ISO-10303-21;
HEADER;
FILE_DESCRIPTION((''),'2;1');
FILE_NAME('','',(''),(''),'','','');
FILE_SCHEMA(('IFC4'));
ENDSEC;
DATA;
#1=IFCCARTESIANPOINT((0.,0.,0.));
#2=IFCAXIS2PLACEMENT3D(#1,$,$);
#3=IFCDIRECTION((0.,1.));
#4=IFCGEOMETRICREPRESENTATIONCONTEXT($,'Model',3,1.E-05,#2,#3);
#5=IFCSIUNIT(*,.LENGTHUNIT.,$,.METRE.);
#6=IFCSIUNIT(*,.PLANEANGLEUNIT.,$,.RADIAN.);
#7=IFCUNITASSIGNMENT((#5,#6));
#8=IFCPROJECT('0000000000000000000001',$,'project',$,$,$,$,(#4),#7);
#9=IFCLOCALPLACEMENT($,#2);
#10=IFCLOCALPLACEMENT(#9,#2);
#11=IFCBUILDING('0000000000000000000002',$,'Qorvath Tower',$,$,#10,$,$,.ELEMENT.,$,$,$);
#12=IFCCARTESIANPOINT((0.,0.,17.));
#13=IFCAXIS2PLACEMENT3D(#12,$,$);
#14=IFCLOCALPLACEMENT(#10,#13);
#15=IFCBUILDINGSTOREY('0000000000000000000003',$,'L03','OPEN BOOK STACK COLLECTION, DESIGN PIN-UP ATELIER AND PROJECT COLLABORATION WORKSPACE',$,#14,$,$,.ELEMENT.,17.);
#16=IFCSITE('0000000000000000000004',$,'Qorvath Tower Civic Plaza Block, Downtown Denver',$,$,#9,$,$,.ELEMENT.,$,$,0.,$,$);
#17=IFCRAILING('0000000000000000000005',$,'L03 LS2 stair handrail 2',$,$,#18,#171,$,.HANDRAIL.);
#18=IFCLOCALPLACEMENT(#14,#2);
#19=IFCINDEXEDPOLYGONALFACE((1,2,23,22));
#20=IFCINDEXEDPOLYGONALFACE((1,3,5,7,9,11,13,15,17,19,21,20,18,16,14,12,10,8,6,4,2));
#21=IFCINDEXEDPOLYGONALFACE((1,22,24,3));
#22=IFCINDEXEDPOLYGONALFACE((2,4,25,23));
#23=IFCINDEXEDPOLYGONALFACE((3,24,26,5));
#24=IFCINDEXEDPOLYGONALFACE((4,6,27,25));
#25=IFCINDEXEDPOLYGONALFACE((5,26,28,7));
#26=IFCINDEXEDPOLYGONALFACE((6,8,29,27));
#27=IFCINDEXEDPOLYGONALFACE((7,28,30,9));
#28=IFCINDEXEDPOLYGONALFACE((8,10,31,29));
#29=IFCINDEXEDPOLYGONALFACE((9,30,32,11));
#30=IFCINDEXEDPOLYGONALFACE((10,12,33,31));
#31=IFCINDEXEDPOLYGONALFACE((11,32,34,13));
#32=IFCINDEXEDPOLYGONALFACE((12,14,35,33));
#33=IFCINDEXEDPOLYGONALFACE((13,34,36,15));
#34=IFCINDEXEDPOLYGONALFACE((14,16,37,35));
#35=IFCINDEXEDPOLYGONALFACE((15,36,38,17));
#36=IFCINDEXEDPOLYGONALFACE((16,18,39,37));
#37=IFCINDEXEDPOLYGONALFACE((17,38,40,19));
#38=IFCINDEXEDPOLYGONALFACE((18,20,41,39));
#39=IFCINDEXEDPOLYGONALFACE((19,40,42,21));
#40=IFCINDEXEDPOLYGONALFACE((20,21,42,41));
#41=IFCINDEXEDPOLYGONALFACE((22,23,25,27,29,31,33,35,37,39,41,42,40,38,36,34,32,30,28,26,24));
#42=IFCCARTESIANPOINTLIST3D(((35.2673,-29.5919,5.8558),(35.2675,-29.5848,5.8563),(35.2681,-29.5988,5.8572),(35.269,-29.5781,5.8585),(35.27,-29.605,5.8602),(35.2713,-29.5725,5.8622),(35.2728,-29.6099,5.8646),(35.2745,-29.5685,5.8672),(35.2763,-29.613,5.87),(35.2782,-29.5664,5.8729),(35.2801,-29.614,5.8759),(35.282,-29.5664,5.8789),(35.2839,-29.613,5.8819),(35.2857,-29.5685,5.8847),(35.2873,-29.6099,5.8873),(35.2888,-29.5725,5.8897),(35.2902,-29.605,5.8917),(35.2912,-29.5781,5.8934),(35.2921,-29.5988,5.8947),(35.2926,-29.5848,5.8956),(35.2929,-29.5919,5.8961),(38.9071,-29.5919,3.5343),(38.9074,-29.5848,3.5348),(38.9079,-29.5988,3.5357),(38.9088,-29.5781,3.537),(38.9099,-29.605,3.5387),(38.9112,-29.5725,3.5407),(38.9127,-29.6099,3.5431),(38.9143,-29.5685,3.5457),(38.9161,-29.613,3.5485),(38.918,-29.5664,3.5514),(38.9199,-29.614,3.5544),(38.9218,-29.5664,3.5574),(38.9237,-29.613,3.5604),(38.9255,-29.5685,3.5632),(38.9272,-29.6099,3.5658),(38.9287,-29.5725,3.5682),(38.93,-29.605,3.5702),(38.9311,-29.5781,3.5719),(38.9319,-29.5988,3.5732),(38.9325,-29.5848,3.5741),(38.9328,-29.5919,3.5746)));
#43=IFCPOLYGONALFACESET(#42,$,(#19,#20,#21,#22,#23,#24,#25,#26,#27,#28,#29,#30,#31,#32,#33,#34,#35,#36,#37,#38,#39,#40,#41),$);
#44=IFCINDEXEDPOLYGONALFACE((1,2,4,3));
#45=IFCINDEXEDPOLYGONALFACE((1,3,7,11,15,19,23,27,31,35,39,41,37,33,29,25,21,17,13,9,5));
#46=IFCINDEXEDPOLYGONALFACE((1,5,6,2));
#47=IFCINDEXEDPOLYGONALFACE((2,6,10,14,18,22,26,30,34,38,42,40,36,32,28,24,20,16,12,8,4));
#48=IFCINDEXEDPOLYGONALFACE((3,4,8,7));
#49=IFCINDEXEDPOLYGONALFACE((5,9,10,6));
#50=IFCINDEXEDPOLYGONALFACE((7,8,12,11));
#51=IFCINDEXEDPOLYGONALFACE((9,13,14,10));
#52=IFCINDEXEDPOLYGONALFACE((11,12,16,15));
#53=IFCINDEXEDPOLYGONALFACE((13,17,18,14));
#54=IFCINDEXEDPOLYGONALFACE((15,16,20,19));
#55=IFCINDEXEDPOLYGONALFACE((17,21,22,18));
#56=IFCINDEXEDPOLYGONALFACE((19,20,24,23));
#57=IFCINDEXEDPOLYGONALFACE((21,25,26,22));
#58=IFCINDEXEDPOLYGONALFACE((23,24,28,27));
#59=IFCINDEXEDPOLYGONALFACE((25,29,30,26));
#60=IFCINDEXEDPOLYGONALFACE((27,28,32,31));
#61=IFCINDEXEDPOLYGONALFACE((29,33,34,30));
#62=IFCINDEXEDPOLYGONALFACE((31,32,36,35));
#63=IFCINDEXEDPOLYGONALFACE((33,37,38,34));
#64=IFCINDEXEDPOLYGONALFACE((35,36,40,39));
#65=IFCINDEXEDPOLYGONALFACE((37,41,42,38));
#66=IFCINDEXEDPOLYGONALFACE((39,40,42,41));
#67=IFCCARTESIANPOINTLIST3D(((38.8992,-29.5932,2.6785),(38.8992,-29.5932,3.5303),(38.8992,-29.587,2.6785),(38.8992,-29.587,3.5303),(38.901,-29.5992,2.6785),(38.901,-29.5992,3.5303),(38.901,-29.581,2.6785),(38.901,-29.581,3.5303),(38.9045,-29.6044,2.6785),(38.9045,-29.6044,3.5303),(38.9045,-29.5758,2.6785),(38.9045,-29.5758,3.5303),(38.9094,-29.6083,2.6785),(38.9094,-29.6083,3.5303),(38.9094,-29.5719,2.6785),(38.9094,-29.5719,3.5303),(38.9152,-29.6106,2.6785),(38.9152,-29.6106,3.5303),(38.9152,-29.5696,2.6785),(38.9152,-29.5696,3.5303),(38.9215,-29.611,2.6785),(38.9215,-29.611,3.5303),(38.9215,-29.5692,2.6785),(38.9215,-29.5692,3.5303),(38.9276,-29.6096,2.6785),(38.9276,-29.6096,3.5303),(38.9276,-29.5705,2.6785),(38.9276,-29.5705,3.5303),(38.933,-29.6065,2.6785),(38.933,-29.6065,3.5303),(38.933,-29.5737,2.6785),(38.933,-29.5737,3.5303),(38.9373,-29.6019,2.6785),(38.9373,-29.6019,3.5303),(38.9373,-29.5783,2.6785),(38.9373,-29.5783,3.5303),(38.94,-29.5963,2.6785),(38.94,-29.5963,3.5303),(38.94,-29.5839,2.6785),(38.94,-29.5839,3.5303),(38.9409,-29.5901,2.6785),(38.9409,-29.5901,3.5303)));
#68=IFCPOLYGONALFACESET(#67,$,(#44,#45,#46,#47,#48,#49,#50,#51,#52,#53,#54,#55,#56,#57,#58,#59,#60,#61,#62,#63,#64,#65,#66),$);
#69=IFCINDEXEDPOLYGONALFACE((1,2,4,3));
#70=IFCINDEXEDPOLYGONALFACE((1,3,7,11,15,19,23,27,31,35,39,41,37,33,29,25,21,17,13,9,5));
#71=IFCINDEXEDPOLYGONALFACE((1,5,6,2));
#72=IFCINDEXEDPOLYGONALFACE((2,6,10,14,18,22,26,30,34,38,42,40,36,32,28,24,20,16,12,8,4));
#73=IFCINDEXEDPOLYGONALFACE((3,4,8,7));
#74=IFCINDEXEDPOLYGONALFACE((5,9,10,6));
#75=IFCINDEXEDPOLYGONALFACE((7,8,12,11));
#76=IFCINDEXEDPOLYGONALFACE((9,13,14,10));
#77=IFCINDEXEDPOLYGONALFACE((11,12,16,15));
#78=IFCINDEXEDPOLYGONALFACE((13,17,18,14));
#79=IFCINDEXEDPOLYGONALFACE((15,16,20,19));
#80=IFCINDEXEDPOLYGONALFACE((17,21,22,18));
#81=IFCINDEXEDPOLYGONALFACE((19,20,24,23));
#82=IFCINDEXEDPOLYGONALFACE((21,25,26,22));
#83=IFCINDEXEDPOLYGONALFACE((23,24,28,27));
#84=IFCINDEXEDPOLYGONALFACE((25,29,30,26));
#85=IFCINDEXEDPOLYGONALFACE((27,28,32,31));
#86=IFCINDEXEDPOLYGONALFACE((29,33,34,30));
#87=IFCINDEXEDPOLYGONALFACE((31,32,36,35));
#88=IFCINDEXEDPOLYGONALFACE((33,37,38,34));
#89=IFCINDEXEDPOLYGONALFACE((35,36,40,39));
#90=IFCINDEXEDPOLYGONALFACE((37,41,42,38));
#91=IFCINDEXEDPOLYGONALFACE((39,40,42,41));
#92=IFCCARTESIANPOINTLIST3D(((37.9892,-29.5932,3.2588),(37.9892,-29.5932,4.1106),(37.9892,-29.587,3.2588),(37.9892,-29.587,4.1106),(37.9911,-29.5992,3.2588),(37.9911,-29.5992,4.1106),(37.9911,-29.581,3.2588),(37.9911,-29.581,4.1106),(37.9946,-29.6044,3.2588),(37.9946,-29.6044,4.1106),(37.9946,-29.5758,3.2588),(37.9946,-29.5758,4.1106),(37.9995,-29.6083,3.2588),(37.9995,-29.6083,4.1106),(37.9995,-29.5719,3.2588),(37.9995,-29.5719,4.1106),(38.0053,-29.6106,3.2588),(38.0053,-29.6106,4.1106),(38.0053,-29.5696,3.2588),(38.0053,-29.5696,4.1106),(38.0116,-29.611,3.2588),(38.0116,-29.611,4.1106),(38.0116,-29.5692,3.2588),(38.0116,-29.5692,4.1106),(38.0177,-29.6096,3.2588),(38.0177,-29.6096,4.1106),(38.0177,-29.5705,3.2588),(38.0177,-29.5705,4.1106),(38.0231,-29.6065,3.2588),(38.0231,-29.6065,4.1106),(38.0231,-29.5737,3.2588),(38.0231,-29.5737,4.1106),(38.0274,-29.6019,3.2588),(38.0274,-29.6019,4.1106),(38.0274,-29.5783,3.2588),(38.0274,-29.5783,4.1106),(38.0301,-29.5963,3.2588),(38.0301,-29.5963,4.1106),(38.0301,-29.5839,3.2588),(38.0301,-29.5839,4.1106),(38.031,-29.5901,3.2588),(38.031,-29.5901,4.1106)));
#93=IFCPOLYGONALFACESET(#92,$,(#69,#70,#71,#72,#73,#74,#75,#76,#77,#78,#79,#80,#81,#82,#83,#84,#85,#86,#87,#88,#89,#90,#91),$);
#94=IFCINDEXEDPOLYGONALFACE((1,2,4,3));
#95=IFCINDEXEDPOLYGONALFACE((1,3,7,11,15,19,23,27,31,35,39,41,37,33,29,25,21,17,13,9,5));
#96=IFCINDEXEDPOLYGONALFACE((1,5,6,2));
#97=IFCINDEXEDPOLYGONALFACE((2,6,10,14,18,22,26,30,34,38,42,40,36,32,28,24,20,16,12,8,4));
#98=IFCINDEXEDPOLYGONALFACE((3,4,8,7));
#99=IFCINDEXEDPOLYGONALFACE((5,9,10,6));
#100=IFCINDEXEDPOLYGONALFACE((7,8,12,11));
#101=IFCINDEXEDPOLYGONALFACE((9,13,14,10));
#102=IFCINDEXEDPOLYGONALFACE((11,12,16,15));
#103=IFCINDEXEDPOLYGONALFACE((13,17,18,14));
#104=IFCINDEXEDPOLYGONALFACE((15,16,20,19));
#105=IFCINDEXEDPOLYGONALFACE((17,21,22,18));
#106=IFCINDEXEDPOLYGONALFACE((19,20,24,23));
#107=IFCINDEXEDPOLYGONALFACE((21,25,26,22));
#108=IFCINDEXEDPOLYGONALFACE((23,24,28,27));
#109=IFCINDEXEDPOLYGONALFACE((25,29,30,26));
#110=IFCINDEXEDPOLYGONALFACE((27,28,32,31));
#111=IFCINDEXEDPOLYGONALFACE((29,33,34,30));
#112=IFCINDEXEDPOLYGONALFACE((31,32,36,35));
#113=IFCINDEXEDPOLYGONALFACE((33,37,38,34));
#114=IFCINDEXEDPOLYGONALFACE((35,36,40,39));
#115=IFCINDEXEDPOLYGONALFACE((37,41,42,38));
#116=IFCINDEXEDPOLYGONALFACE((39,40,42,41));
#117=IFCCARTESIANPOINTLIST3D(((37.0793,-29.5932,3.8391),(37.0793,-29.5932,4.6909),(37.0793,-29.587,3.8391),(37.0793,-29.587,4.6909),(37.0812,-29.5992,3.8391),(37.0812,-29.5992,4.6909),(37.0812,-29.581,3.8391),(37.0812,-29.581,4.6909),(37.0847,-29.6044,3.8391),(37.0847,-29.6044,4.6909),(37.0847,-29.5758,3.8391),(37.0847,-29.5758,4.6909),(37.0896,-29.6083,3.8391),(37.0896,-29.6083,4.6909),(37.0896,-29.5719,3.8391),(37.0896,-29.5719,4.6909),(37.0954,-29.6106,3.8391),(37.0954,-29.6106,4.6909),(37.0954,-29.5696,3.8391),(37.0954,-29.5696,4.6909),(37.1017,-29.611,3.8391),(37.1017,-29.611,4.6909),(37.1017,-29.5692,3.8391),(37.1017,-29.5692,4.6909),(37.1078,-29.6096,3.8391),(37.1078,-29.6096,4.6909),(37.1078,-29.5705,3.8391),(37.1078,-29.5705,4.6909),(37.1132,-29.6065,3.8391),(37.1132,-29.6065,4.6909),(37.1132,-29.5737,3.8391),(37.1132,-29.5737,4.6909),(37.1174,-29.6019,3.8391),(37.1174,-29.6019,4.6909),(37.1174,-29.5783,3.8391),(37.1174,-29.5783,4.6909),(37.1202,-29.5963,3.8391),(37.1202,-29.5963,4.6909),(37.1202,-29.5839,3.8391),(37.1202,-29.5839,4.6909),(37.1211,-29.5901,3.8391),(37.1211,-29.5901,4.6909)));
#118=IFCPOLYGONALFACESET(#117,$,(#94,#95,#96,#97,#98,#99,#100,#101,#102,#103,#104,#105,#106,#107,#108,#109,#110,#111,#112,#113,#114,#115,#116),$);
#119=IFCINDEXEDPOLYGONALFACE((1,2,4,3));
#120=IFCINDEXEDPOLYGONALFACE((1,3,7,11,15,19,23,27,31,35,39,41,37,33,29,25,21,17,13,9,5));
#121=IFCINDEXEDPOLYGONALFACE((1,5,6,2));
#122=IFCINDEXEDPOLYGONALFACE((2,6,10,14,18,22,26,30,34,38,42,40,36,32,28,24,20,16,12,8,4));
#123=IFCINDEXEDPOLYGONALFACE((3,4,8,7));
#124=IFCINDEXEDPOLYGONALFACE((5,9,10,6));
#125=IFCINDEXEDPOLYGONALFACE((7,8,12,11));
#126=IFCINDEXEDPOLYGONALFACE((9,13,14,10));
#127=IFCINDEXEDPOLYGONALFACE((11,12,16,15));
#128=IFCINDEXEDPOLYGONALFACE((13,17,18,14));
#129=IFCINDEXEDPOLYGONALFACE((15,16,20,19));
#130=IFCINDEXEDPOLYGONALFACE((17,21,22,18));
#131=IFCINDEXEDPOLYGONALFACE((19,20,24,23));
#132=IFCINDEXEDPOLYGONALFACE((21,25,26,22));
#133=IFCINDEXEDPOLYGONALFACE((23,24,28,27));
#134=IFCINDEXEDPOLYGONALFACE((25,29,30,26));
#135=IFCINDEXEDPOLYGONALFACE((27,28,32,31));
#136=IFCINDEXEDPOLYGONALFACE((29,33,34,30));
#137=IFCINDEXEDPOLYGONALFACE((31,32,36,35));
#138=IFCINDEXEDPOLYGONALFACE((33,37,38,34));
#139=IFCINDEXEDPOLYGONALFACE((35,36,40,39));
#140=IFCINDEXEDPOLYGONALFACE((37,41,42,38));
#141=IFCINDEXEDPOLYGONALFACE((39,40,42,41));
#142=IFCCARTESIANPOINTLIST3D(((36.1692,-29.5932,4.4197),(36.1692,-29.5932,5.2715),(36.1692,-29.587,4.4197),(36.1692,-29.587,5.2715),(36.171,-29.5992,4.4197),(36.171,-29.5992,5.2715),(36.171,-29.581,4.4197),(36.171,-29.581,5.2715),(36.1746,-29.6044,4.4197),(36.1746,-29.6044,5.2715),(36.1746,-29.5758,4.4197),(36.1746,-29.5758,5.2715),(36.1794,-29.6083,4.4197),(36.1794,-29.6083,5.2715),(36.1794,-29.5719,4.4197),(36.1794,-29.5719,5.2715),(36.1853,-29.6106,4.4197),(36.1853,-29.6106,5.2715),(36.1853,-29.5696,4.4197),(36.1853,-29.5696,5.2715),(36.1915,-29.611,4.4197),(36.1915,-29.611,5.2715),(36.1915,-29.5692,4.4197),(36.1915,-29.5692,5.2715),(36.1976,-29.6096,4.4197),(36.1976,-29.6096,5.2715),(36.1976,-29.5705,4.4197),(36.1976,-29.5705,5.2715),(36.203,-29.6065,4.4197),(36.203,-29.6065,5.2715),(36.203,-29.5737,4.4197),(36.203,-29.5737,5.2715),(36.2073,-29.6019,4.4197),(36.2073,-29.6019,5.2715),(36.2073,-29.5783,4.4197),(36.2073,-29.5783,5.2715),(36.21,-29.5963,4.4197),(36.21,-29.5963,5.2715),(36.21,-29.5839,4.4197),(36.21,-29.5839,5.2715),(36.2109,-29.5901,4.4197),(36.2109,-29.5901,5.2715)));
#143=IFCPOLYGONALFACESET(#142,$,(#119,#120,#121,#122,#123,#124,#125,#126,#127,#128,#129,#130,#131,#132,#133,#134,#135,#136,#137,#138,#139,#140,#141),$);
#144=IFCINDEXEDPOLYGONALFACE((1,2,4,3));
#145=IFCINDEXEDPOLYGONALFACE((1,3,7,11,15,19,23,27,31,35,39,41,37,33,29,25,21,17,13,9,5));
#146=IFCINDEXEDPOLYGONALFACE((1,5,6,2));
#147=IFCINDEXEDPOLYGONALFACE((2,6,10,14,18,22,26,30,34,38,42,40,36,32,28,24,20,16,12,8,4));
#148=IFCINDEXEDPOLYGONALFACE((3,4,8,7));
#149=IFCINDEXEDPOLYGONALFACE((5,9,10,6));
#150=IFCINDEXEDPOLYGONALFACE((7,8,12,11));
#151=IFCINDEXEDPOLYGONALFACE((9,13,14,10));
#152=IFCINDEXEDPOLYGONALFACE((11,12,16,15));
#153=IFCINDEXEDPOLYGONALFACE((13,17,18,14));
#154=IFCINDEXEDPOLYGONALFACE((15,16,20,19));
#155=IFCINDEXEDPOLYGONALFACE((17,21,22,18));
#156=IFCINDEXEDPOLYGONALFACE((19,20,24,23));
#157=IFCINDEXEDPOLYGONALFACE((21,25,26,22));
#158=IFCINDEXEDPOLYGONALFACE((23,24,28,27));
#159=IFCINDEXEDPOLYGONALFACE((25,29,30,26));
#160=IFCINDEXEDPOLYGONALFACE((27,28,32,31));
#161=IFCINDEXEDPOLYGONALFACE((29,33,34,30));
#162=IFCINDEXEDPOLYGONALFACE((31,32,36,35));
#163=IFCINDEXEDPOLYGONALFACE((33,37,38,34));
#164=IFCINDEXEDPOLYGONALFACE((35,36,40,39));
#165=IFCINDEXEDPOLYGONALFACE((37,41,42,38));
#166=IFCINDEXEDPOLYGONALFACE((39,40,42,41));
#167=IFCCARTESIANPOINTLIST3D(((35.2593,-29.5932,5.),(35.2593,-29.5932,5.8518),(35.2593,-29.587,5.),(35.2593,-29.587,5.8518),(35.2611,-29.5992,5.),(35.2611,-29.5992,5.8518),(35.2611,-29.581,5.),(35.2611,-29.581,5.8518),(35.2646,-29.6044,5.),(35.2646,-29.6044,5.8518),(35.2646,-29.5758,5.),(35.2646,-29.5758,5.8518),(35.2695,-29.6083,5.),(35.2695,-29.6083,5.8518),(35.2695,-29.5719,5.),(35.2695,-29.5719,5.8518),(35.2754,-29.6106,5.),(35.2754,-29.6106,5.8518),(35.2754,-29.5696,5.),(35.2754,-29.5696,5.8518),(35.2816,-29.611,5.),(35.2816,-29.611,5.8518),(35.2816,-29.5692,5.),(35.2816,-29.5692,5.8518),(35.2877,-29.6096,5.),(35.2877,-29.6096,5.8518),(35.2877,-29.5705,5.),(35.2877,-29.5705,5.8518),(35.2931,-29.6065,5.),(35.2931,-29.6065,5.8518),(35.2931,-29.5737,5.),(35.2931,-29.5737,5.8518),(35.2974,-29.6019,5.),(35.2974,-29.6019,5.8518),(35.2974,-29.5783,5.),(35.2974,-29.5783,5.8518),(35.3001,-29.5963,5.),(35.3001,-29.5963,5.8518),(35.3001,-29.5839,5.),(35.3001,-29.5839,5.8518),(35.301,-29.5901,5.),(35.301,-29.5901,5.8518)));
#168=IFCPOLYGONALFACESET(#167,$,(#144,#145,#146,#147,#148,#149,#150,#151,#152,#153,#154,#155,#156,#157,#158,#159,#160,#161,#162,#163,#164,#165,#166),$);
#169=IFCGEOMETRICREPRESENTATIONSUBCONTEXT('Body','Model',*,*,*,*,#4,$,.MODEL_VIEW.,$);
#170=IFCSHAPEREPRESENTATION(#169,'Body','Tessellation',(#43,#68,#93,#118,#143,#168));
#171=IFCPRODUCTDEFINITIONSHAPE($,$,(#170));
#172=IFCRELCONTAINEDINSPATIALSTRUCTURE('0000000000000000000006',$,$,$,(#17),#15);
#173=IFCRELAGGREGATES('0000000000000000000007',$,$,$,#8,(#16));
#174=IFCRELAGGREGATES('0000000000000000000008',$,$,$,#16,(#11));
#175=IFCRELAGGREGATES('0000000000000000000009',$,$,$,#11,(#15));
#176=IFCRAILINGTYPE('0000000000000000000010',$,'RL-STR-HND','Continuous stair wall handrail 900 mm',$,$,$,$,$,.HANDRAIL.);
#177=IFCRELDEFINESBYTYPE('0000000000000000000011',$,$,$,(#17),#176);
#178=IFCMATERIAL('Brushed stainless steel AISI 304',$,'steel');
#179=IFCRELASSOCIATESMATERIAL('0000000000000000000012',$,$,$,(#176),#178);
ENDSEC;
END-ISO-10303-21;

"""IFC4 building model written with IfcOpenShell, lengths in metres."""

from ifc_helpers import new_model, si_unit, direction, frame, origin, origin_2d, place, context, subcontext, project, spatial, circle, extrude, material, type_object, element, save


model = new_model("IFC4")

# Units and contexts
model_context = context("Model", 3, precision=1e-05, world=origin(), true_north=direction((0.0, 1.0)))
body_context = subcontext(model_context, "Body", "Model", "MODEL_VIEW")
ifc_project = project(units=[si_unit("LENGTHUNIT", "METRE"), si_unit("PLANEANGLEUNIT", "RADIAN")], contexts=[model_context])

# Site, building, storey
site_placement = place(None, origin())
site = spatial("IfcSite", under=ifc_project, at=site_placement, Name="Qorvath Tower Civic Plaza Block, Downtown Denver", CompositionType="ELEMENT", RefElevation=0.0)
building_placement = place(site_placement, origin())
building = spatial("IfcBuilding", under=site, at=building_placement, Name="Qorvath Tower", CompositionType="ELEMENT")
storey_placement = place(building_placement, frame((0.0, 0.0, 17.0)))
storey = spatial("IfcBuildingStorey", under=building, at=storey_placement, Name="L03", Description="OPEN BOOK STACK COLLECTION, DESIGN PIN-UP ATELIER AND PROJECT COLLABORATION WORKSPACE", CompositionType="ELEMENT", Elevation=17.0)

# Railing
ifc_material_1 = material(Name="Brushed stainless steel AISI 304", Category="steel")
railing_type_1 = type_object("IfcRailingType", Name="RL-STR-HND", Description="Continuous stair wall handrail 900 mm", PredefinedType="HANDRAIL", material=ifc_material_1)
railing_1_placement = place(storey_placement, frame((38.9199, -29.5901, 2.6785)))
element("IfcRailing", 1, at=railing_1_placement, inside=storey, type_object=railing_type_1, Name="L03 LS2 stair handrail 2", PredefinedType="HANDRAIL", context=body_context, shape_type="SweptSolid", body=[
    extrude(circle(Radius=0.0239, at=origin_2d()), frame((0.0, 0.0, 0.876), z_axis=(-0.843112, 0.0, 0.537739), x_axis=(0.0, -1.0, 0.0)), (0.0, 0.0, 1.0), 4.3171),
    extrude(circle(Radius=0.021, at=origin_2d()), origin(), (0.0, 0.0, 1.0), 0.8518),
    extrude(circle(Radius=0.021, at=origin_2d()), frame((-0.9099, 0.0, 0.5803)), (0.0, 0.0, 1.0), 0.8518),
    extrude(circle(Radius=0.021, at=origin_2d()), frame((-1.8198, 0.0, 1.1606)), (0.0, 0.0, 1.0), 0.8518),
    extrude(circle(Radius=0.021, at=origin_2d()), frame((-2.73, 0.0, 1.7412)), (0.0, 0.0, 1.0), 0.8518),
    extrude(circle(Radius=0.021, at=origin_2d()), frame((-3.6399, 0.0, 2.3215)), (0.0, 0.0, 1.0), 0.8518),
])

save(model, "model.ifc")
